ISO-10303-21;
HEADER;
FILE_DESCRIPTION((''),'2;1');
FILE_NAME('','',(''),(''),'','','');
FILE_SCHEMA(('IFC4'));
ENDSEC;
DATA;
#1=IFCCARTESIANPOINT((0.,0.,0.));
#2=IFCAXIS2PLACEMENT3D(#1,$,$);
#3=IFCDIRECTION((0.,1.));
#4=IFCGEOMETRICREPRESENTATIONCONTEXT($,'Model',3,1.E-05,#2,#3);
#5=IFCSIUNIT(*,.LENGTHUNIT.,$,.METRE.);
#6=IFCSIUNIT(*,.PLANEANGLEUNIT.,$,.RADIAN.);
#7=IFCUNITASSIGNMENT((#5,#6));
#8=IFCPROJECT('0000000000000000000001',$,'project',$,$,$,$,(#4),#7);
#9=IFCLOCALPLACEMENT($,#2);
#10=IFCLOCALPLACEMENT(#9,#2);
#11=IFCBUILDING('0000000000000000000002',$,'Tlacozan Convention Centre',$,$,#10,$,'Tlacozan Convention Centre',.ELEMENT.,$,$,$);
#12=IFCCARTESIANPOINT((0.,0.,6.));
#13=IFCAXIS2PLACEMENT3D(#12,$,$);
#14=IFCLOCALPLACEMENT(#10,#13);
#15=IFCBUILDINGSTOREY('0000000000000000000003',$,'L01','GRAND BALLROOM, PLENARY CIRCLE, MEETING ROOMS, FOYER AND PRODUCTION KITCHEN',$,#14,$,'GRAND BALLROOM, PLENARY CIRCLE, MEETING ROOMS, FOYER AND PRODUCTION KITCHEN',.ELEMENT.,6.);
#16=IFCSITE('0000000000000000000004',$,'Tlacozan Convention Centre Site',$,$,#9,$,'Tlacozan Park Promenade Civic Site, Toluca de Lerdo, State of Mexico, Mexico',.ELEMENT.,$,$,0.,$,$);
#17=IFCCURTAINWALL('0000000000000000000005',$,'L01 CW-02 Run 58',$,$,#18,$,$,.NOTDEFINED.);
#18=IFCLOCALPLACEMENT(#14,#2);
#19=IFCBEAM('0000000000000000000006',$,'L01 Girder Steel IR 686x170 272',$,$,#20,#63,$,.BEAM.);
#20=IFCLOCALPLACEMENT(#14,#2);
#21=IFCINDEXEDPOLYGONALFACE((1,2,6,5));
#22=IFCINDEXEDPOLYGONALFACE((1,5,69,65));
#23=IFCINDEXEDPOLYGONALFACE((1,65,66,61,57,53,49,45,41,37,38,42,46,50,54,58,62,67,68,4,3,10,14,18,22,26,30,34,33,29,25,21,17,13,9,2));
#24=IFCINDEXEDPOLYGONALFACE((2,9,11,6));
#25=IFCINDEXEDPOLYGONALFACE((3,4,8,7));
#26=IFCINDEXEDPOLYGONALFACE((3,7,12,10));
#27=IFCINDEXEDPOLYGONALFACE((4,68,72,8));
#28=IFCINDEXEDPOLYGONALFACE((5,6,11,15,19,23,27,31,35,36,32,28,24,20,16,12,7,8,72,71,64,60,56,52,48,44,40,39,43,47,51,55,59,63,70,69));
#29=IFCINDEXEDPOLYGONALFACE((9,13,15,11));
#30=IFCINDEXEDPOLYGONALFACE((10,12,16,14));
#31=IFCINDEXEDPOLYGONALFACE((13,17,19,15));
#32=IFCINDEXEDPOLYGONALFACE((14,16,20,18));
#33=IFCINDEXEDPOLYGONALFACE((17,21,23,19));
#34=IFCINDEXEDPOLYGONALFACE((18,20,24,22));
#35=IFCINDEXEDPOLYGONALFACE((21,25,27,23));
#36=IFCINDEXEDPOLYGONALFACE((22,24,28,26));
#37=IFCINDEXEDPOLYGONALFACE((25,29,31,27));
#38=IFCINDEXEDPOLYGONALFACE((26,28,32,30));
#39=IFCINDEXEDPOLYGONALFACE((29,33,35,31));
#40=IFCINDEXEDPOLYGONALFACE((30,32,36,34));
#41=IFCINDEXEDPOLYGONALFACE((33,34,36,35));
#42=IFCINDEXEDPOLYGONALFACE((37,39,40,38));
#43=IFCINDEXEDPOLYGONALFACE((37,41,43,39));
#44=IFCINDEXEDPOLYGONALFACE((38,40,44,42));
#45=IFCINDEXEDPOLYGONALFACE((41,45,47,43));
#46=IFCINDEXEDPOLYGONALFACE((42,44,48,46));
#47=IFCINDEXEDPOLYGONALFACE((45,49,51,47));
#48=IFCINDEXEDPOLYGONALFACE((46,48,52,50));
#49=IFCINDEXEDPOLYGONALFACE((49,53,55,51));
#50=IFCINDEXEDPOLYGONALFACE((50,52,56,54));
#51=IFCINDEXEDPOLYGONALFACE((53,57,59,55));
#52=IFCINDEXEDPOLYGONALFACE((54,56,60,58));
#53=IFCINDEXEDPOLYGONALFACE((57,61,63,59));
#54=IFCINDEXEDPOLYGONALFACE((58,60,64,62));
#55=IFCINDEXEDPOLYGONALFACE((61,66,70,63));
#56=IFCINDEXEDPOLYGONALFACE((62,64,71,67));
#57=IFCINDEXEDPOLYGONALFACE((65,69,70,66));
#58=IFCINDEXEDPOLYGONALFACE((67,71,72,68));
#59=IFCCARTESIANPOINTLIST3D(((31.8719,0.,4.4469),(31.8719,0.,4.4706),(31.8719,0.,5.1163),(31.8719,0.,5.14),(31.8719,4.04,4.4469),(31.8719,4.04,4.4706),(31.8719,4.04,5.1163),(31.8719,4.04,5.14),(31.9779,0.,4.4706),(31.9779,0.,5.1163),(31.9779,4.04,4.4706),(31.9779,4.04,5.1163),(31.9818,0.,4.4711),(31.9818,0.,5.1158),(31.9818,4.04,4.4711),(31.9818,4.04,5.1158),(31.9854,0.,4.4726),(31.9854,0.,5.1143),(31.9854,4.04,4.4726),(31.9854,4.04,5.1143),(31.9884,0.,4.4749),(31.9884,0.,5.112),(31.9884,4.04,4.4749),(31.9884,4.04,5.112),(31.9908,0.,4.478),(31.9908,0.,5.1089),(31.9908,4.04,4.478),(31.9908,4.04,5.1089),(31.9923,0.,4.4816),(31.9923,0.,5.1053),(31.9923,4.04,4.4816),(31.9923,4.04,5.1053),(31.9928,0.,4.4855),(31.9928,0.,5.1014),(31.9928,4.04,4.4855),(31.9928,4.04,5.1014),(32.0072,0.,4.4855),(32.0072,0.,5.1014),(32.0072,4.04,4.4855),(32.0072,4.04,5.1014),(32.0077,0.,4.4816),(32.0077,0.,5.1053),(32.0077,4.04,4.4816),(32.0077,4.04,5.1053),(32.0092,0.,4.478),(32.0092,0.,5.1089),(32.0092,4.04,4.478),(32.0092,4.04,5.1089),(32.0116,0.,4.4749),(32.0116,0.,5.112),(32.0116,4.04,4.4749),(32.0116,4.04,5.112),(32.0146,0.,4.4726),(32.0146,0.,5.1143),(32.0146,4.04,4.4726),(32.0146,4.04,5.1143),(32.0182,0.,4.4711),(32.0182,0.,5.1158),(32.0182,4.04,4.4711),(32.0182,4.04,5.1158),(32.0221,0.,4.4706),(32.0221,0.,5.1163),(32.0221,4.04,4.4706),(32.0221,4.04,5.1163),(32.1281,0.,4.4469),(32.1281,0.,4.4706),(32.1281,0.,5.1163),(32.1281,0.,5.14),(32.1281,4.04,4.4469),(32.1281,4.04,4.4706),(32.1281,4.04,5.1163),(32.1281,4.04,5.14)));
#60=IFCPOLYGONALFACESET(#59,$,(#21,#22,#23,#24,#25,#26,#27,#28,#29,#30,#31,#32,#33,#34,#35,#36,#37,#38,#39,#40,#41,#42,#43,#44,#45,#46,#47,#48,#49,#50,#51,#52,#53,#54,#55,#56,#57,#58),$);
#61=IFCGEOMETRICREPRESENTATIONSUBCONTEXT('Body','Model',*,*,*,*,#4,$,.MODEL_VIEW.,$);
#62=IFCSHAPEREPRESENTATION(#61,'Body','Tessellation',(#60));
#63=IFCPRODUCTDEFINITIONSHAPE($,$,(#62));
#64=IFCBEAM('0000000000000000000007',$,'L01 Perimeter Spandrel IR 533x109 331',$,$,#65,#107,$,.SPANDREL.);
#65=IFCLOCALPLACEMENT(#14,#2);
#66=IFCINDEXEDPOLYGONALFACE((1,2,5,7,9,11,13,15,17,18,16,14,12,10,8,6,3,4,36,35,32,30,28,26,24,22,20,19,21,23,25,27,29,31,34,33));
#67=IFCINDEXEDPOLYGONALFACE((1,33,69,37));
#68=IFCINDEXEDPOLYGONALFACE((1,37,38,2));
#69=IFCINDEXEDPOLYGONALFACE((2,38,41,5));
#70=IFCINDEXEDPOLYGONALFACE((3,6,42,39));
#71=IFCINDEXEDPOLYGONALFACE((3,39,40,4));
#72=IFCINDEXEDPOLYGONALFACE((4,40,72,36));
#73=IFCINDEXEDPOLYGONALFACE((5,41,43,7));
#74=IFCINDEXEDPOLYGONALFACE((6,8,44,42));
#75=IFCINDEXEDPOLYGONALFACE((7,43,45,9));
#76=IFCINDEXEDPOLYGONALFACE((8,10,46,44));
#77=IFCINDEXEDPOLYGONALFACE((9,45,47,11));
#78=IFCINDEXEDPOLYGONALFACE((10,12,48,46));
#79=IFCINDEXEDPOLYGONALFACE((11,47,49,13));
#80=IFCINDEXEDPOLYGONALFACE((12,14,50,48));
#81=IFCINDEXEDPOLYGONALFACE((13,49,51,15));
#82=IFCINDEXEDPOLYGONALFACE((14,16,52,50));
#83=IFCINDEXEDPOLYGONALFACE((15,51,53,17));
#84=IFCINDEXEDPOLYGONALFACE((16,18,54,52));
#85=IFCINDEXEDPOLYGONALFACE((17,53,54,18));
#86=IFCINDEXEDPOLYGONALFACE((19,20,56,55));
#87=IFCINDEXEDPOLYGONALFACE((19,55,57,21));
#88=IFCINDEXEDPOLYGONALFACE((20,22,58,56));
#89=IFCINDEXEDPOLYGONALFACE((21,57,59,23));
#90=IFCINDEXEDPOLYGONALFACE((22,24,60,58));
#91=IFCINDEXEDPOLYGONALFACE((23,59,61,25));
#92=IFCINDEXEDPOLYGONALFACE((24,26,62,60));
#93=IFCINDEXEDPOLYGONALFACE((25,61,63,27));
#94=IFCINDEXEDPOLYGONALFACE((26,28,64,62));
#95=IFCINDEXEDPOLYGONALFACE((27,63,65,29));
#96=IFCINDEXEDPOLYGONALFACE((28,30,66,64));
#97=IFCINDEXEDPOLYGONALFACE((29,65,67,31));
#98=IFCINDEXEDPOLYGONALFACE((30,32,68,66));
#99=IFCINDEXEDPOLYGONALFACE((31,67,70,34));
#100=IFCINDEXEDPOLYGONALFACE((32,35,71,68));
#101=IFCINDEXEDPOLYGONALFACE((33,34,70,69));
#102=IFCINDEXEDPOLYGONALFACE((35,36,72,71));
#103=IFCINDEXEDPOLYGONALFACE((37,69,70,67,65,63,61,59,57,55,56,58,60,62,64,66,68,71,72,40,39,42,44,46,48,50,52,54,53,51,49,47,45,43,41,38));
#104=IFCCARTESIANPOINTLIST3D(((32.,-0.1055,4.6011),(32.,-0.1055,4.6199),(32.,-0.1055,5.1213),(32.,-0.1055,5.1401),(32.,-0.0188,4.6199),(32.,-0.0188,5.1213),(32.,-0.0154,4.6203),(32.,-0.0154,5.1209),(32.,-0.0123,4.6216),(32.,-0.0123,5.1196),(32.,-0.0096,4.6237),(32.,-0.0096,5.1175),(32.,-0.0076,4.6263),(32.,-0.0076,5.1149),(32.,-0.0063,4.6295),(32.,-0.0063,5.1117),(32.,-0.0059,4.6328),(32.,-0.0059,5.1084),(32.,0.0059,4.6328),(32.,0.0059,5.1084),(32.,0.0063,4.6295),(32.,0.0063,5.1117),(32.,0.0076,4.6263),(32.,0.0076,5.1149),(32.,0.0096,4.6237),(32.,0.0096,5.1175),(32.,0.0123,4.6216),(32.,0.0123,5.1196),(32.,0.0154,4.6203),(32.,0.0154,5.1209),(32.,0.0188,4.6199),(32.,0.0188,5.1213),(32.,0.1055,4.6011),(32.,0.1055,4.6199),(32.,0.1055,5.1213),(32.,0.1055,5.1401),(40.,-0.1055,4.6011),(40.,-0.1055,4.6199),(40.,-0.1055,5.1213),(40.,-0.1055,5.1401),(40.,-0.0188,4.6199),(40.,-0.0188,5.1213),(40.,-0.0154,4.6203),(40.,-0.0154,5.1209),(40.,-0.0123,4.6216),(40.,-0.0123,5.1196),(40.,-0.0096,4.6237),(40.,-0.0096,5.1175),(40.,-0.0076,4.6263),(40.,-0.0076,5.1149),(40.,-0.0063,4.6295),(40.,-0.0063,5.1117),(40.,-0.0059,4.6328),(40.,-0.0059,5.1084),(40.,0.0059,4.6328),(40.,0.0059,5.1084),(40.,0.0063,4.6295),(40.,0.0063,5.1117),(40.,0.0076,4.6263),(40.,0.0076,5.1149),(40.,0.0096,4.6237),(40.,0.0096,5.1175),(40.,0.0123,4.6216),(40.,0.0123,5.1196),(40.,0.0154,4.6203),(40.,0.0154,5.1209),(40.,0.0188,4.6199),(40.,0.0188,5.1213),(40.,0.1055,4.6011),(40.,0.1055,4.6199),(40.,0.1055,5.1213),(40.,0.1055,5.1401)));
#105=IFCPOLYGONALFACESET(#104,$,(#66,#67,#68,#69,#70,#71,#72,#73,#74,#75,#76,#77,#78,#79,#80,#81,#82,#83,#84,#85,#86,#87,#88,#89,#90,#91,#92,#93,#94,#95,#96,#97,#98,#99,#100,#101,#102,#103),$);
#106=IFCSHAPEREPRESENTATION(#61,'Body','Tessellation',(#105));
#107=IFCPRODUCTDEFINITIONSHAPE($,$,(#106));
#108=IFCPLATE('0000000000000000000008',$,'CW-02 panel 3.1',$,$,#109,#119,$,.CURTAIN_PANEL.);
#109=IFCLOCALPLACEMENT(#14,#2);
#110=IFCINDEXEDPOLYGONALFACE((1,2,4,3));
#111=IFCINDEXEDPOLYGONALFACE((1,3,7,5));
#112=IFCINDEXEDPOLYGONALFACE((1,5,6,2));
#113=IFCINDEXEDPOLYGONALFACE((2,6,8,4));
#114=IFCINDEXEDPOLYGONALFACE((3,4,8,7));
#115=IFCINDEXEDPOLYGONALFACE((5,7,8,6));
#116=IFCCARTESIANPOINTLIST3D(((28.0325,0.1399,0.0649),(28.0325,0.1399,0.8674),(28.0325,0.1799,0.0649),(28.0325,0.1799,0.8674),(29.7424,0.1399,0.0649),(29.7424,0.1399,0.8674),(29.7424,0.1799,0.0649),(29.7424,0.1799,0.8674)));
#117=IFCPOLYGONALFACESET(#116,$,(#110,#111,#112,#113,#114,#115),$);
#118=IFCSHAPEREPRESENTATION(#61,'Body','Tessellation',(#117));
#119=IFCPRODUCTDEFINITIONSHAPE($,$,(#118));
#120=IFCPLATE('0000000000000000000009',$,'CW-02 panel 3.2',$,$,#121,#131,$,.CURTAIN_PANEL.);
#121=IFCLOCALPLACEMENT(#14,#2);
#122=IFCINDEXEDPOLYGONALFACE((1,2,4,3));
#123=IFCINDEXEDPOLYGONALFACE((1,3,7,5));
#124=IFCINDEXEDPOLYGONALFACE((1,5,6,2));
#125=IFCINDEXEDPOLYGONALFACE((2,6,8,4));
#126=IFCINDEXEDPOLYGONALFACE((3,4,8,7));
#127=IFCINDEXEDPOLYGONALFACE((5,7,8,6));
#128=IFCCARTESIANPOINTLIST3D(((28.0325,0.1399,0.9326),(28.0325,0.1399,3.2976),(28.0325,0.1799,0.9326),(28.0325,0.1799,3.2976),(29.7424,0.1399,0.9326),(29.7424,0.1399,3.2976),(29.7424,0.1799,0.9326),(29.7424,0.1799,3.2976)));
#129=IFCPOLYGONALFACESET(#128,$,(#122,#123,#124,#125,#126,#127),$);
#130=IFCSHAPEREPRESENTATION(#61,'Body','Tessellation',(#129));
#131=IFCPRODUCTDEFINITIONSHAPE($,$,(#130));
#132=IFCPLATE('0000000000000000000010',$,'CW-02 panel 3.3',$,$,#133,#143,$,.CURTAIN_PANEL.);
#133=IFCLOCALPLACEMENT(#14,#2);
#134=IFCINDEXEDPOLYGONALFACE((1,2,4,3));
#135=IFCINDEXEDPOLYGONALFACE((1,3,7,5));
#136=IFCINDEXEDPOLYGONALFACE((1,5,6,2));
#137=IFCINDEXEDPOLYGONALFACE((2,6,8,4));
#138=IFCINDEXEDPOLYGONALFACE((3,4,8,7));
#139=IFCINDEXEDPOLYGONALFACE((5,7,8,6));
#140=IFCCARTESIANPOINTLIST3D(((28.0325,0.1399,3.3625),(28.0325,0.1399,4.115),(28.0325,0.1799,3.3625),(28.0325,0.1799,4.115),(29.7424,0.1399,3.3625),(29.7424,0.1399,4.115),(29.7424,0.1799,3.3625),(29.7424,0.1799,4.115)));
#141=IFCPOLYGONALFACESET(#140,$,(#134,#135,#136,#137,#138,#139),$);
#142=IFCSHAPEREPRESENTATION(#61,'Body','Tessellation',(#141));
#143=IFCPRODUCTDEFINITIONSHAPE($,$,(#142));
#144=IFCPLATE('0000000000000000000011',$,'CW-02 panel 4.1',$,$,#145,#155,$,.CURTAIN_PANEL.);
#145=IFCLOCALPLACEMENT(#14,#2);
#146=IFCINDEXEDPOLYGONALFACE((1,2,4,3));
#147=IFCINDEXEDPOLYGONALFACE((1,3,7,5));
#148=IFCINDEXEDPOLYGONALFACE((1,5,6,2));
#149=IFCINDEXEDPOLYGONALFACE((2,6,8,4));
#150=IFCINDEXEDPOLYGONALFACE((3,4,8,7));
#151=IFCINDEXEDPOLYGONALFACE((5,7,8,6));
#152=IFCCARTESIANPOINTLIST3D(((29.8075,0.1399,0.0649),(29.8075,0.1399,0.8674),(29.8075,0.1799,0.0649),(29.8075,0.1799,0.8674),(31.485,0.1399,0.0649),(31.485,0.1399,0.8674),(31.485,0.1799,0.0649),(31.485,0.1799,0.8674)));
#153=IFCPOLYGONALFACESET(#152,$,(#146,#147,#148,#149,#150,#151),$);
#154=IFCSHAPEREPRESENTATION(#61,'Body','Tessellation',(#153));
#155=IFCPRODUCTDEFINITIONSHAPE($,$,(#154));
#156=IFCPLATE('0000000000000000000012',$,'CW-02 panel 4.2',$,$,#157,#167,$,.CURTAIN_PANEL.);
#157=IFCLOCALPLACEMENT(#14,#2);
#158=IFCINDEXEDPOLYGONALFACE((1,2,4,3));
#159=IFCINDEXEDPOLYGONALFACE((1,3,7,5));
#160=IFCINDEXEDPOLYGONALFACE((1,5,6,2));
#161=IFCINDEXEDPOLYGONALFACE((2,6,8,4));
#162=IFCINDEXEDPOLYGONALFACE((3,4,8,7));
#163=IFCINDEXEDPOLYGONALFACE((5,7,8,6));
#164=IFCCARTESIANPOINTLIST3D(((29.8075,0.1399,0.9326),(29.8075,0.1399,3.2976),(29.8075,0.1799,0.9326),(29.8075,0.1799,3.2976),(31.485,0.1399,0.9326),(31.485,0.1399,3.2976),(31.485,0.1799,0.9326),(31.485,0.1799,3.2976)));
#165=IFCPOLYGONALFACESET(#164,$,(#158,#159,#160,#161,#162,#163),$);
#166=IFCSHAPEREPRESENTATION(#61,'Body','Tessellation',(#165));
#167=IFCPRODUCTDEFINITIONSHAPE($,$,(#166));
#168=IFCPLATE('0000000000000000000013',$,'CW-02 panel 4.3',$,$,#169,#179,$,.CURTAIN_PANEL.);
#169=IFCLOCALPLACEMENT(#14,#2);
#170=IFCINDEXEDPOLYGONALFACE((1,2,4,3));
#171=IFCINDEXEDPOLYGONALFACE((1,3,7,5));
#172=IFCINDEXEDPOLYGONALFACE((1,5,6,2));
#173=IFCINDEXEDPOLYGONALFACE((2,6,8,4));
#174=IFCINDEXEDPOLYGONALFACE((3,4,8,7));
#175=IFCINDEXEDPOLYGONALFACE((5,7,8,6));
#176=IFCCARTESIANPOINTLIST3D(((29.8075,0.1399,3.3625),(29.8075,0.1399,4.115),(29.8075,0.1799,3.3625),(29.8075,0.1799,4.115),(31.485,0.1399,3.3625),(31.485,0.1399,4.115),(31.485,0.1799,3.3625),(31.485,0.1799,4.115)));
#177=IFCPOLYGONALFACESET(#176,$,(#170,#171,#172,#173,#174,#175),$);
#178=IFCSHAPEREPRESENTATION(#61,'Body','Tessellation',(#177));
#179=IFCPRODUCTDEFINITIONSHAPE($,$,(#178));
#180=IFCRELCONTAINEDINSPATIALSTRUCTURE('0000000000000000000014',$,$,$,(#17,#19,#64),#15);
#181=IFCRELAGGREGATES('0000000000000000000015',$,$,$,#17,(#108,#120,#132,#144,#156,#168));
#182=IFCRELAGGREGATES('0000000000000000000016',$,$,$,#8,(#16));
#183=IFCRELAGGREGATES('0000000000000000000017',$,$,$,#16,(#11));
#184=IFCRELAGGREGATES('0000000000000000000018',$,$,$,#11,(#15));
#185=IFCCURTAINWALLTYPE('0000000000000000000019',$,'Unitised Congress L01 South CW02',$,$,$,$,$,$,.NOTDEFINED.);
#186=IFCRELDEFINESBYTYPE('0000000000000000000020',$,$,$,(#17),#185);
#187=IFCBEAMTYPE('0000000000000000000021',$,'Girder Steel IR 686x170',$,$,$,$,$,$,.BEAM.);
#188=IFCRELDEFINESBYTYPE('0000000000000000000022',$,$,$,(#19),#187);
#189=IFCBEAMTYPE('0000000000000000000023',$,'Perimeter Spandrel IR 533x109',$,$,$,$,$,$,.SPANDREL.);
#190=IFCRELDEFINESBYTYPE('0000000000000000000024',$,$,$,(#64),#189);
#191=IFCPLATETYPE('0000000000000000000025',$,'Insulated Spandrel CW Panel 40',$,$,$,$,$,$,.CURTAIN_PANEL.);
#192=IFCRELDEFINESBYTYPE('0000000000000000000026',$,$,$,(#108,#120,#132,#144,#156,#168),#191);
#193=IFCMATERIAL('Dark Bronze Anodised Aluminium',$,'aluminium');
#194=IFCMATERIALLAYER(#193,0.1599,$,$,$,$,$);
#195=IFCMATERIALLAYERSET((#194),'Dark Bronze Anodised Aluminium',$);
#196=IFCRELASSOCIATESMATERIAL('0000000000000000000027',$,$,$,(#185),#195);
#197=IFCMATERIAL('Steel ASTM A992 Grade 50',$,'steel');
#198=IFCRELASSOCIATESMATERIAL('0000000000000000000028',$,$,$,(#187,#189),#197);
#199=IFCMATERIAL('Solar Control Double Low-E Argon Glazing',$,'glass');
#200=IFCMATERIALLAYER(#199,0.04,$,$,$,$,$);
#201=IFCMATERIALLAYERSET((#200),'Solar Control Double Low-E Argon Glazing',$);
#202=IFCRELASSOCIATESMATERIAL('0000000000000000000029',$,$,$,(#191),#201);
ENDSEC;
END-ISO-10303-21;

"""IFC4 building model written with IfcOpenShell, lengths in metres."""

from ifc_helpers import new_model, si_unit, direction, frame, origin, origin_2d, place, context, subcontext, project, spatial, rectangle, i_section, extrude, material, layer, layer_set, material_profile, profile_set, type_object, element, aggregate, save


model = new_model("IFC4")

# Units and contexts
model_context = context("Model", 3, precision=1e-05, world=origin(), true_north=direction((0.0, 1.0)))
body_context = subcontext(model_context, "Body", "Model", "MODEL_VIEW")
ifc_project = project(units=[si_unit("LENGTHUNIT", "METRE"), si_unit("PLANEANGLEUNIT", "RADIAN")], contexts=[model_context])

# Site, building, storey
site_placement = place(None, origin())
site = spatial("IfcSite", under=ifc_project, at=site_placement, Name="Tlacozan Convention Centre Site", LongName="Tlacozan Park Promenade Civic Site, Toluca de Lerdo, State of Mexico, Mexico", CompositionType="ELEMENT", RefElevation=0.0)
building_placement = place(site_placement, origin())
building = spatial("IfcBuilding", under=site, at=building_placement, Name="Tlacozan Convention Centre", LongName="Tlacozan Convention Centre", CompositionType="ELEMENT")
storey_placement = place(building_placement, frame((0.0, 0.0, 6.0)))
storey = spatial("IfcBuildingStorey", under=building, at=storey_placement, Name="L01", Description="GRAND BALLROOM, PLENARY CIRCLE, MEETING ROOMS, FOYER AND PRODUCTION KITCHEN", LongName="GRAND BALLROOM, PLENARY CIRCLE, MEETING ROOMS, FOYER AND PRODUCTION KITCHEN", CompositionType="ELEMENT", Elevation=6.0)

# Curtain wall
ifc_material_1 = material(Name="Dark Bronze Anodised Aluminium", Category="aluminium")
ifc_layer_1 = layer(ifc_material_1, 0.1599)
ifc_layer_set_1 = layer_set([ifc_layer_1], Name="Dark Bronze Anodised Aluminium")
curtain_wall_type = type_object("IfcCurtainWallType", Name="Unitised Congress L01 South CW02", PredefinedType="NOTDEFINED", material=ifc_layer_set_1)
curtain_wall_placement = place(storey_placement, origin())
curtain_wall = element("IfcCurtainWall", 1, at=curtain_wall_placement, inside=storey, type_object=curtain_wall_type, Name="L01 CW-02 Run 58", PredefinedType="NOTDEFINED")

# Beams
ifc_material_2 = material(Name="Steel ASTM A992 Grade 50", Category="steel")
ifc_material_profile_1 = material_profile(ifc_material_2, i_section(OverallWidth=0.2561, OverallDepth=0.6931, WebThickness=0.0144, FlangeThickness=0.0237, FilletRadius=0.0149, at=origin_2d()), Name="IR 686x170.0")
ifc_profile_set_1 = profile_set([ifc_material_profile_1], Name="Steel ASTM A992 Grade 50")
beam_type_1 = type_object("IfcBeamType", Name="Girder Steel IR 686x170", PredefinedType="BEAM", material=ifc_profile_set_1)
beam_1_placement = place(storey_placement, frame((32.0, 0.0, 4.7935), z_axis=(0.0, 1.0, 0.0), x_axis=(-1.0, 0.0, 0.0)))
element("IfcBeam", 2, at=beam_1_placement, inside=storey, type_object=beam_type_1, Name="L01 Girder Steel IR 686x170 272", PredefinedType="BEAM", context=body_context, shape_type="SweptSolid", body=[
    extrude(i_section(OverallWidth=0.2561, OverallDepth=0.6931, WebThickness=0.0144, FlangeThickness=0.0237, FilletRadius=0.0149, at=origin_2d()), origin(), (0.0, 0.0, 1.0), 4.04),
])
ifc_material_profile_2 = material_profile(ifc_material_2, i_section(OverallWidth=0.2109, OverallDepth=0.5391, WebThickness=0.0117, FlangeThickness=0.0188, FilletRadius=0.0129, at=origin_2d()), Name="IR 533x109.0")
ifc_profile_set_2 = profile_set([ifc_material_profile_2], Name="Steel ASTM A992 Grade 50")
beam_type_2 = type_object("IfcBeamType", Name="Perimeter Spandrel IR 533x109", PredefinedType="SPANDREL", material=ifc_profile_set_2)
beam_2_placement = place(storey_placement, frame((32.0, 0.0, 4.8706), z_axis=(1.0, 0.0, 0.0), x_axis=(0.0, 1.0, 0.0)))
element("IfcBeam", 3, at=beam_2_placement, inside=storey, type_object=beam_type_2, Name="L01 Perimeter Spandrel IR 533x109 331", PredefinedType="SPANDREL", context=body_context, shape_type="SweptSolid", body=[
    extrude(i_section(OverallWidth=0.2109, OverallDepth=0.5391, WebThickness=0.0117, FlangeThickness=0.0188, FilletRadius=0.0129, at=origin_2d()), origin(), (0.0, 0.0, 1.0), 8.0),
])

# Plates
ifc_material_3 = material(Name="Solar Control Double Low-E Argon Glazing", Category="glass")
ifc_layer_2 = layer(ifc_material_3, 0.04)
ifc_layer_set_2 = layer_set([ifc_layer_2], Name="Solar Control Double Low-E Argon Glazing")
plate_type = type_object("IfcPlateType", Name="Insulated Spandrel CW Panel 40", PredefinedType="CURTAIN_PANEL", material=ifc_layer_set_2)
plate_1_placement = place(storey_placement, frame((28.8875, 0.1599, 0.0649), z_axis=(0.0, 0.0, 1.0), x_axis=(1.0, 0.0, 0.0)))
plate_1 = element("IfcPlate", 4, at=plate_1_placement, type_object=plate_type, Name="CW-02 panel 3.1", PredefinedType="CURTAIN_PANEL", context=body_context, shape_type="SweptSolid", body=[
    extrude(rectangle(XDim=1.71, YDim=0.04, at=origin_2d()), origin(), (0.0, 0.0, 1.0), 0.8025),
])
plate_2_placement = place(storey_placement, frame((28.8875, 0.1599, 0.9326), z_axis=(0.0, 0.0, 1.0), x_axis=(1.0, 0.0, 0.0)))
plate_2 = element("IfcPlate", 5, at=plate_2_placement, type_object=plate_type, Name="CW-02 panel 3.2", PredefinedType="CURTAIN_PANEL", context=body_context, shape_type="SweptSolid", body=[
    extrude(rectangle(XDim=1.71, YDim=0.04, at=origin_2d()), origin(), (0.0, 0.0, 1.0), 2.365),
])
plate_3_placement = place(storey_placement, frame((28.8875, 0.1599, 3.3625), z_axis=(0.0, 0.0, 1.0), x_axis=(1.0, 0.0, 0.0)))
plate_3 = element("IfcPlate", 6, at=plate_3_placement, type_object=plate_type, Name="CW-02 panel 3.3", PredefinedType="CURTAIN_PANEL", context=body_context, shape_type="SweptSolid", body=[
    extrude(rectangle(XDim=1.71, YDim=0.04, at=origin_2d()), origin(), (0.0, 0.0, 1.0), 0.7524),
])
plate_4_placement = place(storey_placement, frame((30.6462, 0.1599, 0.0649), z_axis=(0.0, 0.0, 1.0), x_axis=(1.0, 0.0, 0.0)))
plate_4 = element("IfcPlate", 7, at=plate_4_placement, type_object=plate_type, Name="CW-02 panel 4.1", PredefinedType="CURTAIN_PANEL", context=body_context, shape_type="SweptSolid", body=[
    extrude(rectangle(XDim=1.6775, YDim=0.04, at=origin_2d()), origin(), (0.0, 0.0, 1.0), 0.8025),
])
plate_5_placement = place(storey_placement, frame((30.6462, 0.1599, 0.9326), z_axis=(0.0, 0.0, 1.0), x_axis=(1.0, 0.0, 0.0)))
plate_5 = element("IfcPlate", 8, at=plate_5_placement, type_object=plate_type, Name="CW-02 panel 4.2", PredefinedType="CURTAIN_PANEL", context=body_context, shape_type="SweptSolid", body=[
    extrude(rectangle(XDim=1.6775, YDim=0.04, at=origin_2d()), origin(), (0.0, 0.0, 1.0), 2.365),
])
plate_6_placement = place(storey_placement, frame((30.6462, 0.1599, 3.3625), z_axis=(0.0, 0.0, 1.0), x_axis=(1.0, 0.0, 0.0)))
plate_6 = element("IfcPlate", 9, at=plate_6_placement, type_object=plate_type, Name="CW-02 panel 4.3", PredefinedType="CURTAIN_PANEL", context=body_context, shape_type="SweptSolid", body=[
    extrude(rectangle(XDim=1.6775, YDim=0.04, at=origin_2d()), origin(), (0.0, 0.0, 1.0), 0.7524),
])
aggregate(curtain_wall, [plate_1, plate_2, plate_3, plate_4, plate_5, plate_6])

save(model, "model.ifc")
